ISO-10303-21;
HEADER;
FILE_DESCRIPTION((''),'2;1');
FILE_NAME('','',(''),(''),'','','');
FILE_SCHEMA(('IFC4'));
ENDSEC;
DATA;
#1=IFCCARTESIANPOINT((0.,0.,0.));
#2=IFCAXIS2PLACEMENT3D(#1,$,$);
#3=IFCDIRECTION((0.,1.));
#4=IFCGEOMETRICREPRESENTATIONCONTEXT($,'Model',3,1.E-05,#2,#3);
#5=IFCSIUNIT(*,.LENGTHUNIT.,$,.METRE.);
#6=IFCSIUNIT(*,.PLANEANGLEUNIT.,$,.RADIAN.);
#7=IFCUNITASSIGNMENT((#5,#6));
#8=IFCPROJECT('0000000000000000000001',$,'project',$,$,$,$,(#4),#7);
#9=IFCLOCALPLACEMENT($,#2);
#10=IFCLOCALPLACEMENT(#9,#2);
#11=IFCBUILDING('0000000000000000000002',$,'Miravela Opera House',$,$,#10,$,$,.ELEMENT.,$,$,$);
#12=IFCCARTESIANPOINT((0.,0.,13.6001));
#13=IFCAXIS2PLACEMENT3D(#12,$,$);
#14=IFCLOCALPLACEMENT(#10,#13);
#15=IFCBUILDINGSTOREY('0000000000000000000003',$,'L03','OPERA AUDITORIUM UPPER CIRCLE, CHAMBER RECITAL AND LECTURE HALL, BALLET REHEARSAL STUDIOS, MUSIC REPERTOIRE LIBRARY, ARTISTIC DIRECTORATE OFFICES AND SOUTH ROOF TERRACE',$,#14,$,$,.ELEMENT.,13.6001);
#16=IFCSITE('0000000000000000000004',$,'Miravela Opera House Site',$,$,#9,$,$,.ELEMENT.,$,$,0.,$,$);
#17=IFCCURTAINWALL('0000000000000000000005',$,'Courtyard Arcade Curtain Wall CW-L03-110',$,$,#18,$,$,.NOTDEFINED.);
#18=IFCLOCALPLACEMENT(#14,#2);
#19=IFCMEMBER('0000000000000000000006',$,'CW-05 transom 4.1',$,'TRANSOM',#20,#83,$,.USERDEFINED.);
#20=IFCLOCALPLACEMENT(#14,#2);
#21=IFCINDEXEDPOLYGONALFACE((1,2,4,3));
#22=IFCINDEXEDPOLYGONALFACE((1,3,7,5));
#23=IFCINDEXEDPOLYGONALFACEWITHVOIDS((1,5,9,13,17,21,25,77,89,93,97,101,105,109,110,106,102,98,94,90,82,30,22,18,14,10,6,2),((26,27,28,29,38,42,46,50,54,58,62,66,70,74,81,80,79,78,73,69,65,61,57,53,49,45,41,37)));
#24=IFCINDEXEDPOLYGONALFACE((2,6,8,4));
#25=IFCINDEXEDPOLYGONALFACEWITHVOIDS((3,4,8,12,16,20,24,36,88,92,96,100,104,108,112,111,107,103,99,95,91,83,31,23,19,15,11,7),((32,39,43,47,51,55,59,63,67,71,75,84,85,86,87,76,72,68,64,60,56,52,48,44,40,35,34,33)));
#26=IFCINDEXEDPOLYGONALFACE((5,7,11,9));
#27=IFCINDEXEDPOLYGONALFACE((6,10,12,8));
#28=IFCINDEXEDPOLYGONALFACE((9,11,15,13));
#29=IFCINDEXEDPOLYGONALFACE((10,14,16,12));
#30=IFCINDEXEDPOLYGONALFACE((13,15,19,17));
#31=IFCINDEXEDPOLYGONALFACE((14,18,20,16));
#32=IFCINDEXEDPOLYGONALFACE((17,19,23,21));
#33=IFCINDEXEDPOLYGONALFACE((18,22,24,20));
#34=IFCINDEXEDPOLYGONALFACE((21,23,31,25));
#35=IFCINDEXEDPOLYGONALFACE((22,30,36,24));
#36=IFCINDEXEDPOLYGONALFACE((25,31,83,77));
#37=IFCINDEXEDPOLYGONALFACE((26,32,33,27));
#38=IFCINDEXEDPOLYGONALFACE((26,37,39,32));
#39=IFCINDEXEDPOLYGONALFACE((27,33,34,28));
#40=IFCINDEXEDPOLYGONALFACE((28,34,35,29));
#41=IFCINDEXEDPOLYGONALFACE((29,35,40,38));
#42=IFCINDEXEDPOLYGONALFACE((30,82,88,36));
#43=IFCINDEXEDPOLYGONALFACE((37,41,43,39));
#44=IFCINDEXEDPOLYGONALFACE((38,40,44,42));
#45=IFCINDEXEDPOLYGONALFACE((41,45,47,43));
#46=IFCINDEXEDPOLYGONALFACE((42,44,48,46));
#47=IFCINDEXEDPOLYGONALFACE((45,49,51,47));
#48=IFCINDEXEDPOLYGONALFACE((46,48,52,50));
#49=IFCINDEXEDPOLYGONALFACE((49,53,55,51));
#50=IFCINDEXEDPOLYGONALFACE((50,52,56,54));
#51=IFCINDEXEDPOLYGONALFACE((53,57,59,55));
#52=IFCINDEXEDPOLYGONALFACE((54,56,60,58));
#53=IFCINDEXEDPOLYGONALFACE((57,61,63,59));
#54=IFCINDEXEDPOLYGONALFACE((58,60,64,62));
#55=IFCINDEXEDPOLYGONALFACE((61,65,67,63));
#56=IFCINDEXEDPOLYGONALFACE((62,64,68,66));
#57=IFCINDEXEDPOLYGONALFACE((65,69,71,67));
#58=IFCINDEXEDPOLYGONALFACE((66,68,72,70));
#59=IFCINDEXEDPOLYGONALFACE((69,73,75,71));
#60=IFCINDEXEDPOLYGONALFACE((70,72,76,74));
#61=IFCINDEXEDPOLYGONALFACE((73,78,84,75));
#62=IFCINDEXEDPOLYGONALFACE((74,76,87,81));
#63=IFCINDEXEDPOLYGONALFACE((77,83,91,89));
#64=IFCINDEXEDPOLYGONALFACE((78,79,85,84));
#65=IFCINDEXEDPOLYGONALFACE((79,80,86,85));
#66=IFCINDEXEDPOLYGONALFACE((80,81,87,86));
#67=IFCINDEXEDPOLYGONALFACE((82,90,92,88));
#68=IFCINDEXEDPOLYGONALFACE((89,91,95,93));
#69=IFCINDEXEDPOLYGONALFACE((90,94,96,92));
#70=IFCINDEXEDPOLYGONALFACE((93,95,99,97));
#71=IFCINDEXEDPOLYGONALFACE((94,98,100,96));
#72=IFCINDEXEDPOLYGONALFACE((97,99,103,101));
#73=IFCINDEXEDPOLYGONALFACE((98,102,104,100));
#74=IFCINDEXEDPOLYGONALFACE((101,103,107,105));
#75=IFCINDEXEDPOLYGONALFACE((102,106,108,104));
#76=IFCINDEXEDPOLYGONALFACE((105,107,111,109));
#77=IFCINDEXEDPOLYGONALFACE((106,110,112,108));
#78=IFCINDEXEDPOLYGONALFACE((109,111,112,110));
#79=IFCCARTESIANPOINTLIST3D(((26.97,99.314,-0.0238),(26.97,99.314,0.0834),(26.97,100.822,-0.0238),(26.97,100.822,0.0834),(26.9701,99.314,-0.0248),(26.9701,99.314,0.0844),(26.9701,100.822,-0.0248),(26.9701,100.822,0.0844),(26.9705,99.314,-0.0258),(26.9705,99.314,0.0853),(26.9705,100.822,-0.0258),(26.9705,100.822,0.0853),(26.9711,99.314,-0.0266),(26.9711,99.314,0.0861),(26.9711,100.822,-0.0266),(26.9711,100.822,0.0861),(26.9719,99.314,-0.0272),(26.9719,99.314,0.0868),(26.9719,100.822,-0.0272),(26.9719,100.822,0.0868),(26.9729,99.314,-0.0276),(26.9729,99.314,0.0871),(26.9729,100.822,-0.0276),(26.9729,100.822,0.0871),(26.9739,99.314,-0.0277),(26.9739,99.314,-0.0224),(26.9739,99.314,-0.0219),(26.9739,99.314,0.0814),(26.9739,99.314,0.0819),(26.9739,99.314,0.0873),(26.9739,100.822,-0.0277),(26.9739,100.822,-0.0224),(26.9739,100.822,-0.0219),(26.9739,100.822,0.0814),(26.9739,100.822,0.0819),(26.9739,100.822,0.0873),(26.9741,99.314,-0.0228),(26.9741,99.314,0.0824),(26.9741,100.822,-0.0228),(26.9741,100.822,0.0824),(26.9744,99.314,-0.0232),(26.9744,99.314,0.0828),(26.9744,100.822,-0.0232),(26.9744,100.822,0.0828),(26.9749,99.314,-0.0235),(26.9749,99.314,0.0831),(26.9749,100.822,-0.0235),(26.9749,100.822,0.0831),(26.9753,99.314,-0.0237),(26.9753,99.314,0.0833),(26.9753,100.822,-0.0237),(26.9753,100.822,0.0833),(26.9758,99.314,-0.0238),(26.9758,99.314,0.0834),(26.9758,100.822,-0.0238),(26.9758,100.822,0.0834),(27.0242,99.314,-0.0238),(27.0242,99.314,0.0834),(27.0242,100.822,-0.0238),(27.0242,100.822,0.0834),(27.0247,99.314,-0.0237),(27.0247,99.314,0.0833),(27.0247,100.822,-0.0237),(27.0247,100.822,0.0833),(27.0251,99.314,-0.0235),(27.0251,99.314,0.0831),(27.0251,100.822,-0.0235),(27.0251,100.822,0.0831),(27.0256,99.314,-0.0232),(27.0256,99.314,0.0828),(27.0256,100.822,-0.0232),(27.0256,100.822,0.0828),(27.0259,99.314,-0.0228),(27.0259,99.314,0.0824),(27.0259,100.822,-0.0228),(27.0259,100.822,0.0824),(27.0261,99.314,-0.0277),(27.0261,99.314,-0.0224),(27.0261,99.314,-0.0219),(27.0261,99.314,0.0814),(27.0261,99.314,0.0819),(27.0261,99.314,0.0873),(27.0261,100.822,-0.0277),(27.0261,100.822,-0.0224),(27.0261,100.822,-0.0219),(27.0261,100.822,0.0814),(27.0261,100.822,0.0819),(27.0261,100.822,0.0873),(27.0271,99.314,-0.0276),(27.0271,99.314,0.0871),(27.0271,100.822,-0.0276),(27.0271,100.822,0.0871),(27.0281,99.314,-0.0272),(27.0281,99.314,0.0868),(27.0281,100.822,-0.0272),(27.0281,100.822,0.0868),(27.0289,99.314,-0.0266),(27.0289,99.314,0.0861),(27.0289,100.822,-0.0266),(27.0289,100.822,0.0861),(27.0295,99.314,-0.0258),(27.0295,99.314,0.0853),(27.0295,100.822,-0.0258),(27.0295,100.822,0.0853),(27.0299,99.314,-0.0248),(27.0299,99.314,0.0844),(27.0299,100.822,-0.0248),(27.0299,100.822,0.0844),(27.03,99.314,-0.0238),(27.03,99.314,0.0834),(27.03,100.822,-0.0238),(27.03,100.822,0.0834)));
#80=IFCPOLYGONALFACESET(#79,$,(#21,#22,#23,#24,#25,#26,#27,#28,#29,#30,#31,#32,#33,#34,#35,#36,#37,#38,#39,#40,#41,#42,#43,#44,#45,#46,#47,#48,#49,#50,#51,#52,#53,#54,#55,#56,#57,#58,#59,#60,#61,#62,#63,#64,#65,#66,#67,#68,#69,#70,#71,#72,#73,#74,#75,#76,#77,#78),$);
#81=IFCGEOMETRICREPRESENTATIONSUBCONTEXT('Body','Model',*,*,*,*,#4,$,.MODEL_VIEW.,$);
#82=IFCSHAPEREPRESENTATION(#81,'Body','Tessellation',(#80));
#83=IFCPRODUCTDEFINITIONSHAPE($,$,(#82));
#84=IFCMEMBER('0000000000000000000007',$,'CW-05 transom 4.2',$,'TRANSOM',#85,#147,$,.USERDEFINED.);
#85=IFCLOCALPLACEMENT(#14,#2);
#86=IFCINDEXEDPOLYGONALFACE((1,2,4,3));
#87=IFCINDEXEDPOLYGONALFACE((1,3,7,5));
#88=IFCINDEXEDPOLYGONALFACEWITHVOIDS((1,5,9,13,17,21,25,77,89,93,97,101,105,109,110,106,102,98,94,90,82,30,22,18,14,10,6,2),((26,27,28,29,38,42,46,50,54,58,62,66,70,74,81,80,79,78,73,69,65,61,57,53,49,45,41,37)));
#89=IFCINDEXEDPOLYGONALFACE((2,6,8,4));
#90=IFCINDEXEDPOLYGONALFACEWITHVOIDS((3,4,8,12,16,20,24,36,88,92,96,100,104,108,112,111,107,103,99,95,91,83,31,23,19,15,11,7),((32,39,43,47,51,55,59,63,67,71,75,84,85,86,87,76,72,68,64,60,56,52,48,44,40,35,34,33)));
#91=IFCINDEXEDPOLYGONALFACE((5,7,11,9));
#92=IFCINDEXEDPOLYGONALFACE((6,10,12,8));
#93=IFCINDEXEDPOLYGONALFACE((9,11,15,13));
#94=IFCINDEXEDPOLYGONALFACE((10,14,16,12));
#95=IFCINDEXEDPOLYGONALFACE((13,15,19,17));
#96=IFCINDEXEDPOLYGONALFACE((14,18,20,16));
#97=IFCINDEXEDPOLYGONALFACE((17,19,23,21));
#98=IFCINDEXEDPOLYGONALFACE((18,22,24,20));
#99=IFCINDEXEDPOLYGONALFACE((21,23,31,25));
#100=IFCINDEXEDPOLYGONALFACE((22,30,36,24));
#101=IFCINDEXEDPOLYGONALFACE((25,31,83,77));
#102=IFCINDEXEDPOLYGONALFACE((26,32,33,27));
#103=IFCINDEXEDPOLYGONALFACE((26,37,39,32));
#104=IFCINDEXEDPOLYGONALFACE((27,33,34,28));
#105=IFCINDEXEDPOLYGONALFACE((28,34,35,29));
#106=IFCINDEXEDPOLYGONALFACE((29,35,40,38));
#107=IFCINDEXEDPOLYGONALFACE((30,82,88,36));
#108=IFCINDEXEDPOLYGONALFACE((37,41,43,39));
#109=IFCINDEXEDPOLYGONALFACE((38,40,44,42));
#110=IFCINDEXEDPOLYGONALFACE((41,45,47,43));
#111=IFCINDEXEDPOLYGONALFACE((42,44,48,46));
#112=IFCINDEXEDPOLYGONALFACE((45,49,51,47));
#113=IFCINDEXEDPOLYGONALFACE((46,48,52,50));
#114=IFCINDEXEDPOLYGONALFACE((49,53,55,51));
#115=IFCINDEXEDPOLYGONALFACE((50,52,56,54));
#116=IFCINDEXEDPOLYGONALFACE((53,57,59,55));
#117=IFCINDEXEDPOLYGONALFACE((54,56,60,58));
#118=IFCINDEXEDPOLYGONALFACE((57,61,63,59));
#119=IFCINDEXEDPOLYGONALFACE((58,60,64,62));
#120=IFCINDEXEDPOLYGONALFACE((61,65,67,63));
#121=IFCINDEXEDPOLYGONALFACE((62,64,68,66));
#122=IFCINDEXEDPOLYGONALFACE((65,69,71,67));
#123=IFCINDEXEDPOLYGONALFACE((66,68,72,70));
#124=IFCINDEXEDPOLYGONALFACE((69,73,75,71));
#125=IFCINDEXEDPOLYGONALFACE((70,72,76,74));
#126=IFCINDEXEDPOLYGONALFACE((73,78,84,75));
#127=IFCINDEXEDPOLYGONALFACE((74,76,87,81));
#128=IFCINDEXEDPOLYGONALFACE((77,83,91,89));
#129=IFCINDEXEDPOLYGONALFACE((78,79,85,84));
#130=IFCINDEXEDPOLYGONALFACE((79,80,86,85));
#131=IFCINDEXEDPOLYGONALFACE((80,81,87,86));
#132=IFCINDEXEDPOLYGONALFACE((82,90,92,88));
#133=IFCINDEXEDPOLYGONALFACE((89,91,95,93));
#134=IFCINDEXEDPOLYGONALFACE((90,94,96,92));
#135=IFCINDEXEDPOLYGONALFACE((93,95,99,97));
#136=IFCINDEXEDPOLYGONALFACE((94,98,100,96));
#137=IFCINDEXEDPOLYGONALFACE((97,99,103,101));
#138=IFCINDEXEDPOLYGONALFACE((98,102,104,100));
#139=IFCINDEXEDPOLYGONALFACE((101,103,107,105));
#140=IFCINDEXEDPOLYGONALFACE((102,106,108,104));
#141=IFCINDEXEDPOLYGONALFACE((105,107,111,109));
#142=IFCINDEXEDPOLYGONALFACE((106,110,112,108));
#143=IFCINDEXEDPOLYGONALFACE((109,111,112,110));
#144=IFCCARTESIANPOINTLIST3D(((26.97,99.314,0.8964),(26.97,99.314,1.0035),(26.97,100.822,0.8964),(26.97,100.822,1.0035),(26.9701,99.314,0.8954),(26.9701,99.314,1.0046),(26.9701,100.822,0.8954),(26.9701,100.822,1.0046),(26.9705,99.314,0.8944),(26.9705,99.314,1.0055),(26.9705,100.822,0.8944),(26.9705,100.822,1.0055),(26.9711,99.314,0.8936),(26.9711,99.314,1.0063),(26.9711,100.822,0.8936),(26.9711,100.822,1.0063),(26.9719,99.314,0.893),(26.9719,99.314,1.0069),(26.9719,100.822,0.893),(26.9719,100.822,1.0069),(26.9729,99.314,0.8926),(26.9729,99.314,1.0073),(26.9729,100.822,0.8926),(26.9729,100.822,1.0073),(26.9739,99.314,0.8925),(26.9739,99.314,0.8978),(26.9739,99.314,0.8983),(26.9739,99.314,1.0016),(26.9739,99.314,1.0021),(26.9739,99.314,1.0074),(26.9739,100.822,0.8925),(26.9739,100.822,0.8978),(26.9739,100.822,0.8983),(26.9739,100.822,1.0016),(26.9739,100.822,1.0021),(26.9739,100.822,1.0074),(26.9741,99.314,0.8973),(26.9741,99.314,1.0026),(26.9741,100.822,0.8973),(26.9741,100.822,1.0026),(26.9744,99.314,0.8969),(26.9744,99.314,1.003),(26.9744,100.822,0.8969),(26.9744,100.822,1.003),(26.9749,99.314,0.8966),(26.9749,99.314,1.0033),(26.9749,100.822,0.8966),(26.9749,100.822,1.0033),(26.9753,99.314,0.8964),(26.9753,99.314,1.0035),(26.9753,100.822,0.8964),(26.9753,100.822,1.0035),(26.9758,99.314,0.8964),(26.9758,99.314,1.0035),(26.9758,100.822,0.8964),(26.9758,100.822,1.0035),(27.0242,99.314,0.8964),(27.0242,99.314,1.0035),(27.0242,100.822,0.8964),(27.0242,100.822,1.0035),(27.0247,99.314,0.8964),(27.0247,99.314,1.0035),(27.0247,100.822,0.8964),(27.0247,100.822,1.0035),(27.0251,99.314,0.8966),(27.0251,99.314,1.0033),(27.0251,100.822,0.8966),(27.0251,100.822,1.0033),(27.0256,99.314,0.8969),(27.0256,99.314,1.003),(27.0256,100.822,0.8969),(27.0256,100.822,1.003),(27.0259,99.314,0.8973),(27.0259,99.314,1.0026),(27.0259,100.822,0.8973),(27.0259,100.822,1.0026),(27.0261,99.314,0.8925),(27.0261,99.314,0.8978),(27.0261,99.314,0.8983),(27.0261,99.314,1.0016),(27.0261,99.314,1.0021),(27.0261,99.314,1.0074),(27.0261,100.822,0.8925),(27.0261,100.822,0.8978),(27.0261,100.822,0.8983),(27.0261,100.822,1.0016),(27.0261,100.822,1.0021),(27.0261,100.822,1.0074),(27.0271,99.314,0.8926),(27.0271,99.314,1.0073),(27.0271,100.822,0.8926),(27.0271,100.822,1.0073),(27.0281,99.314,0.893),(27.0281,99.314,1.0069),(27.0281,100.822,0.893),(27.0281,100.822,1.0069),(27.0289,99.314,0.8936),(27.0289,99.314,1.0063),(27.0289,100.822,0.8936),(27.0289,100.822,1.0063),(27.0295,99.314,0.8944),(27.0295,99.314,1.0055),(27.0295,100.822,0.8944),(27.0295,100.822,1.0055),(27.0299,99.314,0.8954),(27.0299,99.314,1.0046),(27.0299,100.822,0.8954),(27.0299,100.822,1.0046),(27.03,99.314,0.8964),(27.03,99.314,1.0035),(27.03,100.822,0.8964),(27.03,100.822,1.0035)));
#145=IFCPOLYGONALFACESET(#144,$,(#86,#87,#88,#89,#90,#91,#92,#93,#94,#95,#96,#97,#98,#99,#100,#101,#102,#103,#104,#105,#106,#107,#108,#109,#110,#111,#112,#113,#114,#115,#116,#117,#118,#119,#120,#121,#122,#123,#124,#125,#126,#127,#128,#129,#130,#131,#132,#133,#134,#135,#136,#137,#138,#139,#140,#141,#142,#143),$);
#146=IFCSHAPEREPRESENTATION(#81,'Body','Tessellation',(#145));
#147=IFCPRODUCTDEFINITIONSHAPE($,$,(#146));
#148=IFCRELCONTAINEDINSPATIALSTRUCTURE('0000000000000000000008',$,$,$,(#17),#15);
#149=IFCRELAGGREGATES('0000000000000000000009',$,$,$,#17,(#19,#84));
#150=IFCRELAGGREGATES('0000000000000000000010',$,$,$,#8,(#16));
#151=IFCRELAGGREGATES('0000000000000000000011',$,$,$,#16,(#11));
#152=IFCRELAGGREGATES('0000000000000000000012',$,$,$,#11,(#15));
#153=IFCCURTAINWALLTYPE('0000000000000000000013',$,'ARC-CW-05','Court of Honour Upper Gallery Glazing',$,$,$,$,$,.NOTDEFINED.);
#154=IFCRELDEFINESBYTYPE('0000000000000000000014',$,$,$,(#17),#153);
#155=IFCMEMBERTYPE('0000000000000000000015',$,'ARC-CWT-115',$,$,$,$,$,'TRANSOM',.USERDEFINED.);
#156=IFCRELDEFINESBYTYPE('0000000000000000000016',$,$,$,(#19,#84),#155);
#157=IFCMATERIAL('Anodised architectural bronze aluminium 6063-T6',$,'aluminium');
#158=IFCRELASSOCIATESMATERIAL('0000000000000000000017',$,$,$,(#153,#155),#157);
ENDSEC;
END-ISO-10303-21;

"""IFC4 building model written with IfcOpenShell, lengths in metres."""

from ifc_helpers import new_model, si_unit, direction, frame, origin, origin_2d, place, context, subcontext, project, spatial, hollow_rectangle, extrude, material, material_profile, profile_set, type_object, element, aggregate, save


model = new_model("IFC4")

# Units and contexts
model_context = context("Model", 3, precision=1e-05, world=origin(), true_north=direction((0.0, 1.0)))
body_context = subcontext(model_context, "Body", "Model", "MODEL_VIEW")
ifc_project = project(units=[si_unit("LENGTHUNIT", "METRE"), si_unit("PLANEANGLEUNIT", "RADIAN")], contexts=[model_context])

# Site, building, storey
site_placement = place(None, origin())
site = spatial("IfcSite", under=ifc_project, at=site_placement, Name="Miravela Opera House Site", CompositionType="ELEMENT", RefElevation=0.0)
building_placement = place(site_placement, origin())
building = spatial("IfcBuilding", under=site, at=building_placement, Name="Miravela Opera House", CompositionType="ELEMENT")
storey_placement = place(building_placement, frame((0.0, 0.0, 13.6001)))
storey = spatial("IfcBuildingStorey", under=building, at=storey_placement, Name="L03", Description="OPERA AUDITORIUM UPPER CIRCLE, CHAMBER RECITAL AND LECTURE HALL, BALLET REHEARSAL STUDIOS, MUSIC REPERTOIRE LIBRARY, ARTISTIC DIRECTORATE OFFICES AND SOUTH ROOF TERRACE", CompositionType="ELEMENT", Elevation=13.6001)

# Curtain wall, members
ifc_material_1 = material(Name="Anodised architectural bronze aluminium 6063-T6", Category="aluminium")
curtain_wall_type = type_object("IfcCurtainWallType", Name="ARC-CW-05", Description="Court of Honour Upper Gallery Glazing", PredefinedType="NOTDEFINED", material=ifc_material_1)
curtain_wall_placement = place(storey_placement, origin())
curtain_wall = element("IfcCurtainWall", 1, at=curtain_wall_placement, inside=storey, type_object=curtain_wall_type, Name="Courtyard Arcade Curtain Wall CW-L03-110", PredefinedType="NOTDEFINED")
ifc_material_profile_1 = material_profile(ifc_material_1, hollow_rectangle(XDim=0.0601, YDim=0.115, WallThickness=0.0039, InnerFilletRadius=0.002, OuterFilletRadius=0.0039, at=origin_2d()), Name="CWT-60X115")
ifc_profile_set_1 = profile_set([ifc_material_profile_1])
member_type_1 = type_object("IfcMemberType", Name="ARC-CWT-115", ElementType="TRANSOM", PredefinedType="USERDEFINED", material=ifc_profile_set_1)
member_1_placement = place(storey_placement, frame((27.0, 99.314, 0.0298), z_axis=(0.0, 1.0, 0.0), x_axis=(-1.0, 0.0, 0.0)))
member_1 = element("IfcMember", 2, at=member_1_placement, type_object=member_type_1, Name="CW-05 transom 4.1", ObjectType="TRANSOM", PredefinedType="USERDEFINED", context=body_context, shape_type="SweptSolid", body=[
    extrude(hollow_rectangle(XDim=0.0601, YDim=0.115, WallThickness=0.0039, InnerFilletRadius=0.002, OuterFilletRadius=0.0039, at=origin_2d()), origin(), (0.0, 0.0, 1.0), 1.5081),
])
member_2_placement = place(storey_placement, frame((27.0, 99.314, 0.95), z_axis=(0.0, 1.0, 0.0), x_axis=(-1.0, 0.0, 0.0)))
member_2 = element("IfcMember", 3, at=member_2_placement, type_object=member_type_1, Name="CW-05 transom 4.2", ObjectType="TRANSOM", PredefinedType="USERDEFINED", context=body_context, shape_type="SweptSolid", body=[
    extrude(hollow_rectangle(XDim=0.0601, YDim=0.115, WallThickness=0.0039, InnerFilletRadius=0.002, OuterFilletRadius=0.0039, at=origin_2d()), origin(), (0.0, 0.0, 1.0), 1.5081),
])
aggregate(curtain_wall, [member_1, member_2])

save(model, "model.ifc")
